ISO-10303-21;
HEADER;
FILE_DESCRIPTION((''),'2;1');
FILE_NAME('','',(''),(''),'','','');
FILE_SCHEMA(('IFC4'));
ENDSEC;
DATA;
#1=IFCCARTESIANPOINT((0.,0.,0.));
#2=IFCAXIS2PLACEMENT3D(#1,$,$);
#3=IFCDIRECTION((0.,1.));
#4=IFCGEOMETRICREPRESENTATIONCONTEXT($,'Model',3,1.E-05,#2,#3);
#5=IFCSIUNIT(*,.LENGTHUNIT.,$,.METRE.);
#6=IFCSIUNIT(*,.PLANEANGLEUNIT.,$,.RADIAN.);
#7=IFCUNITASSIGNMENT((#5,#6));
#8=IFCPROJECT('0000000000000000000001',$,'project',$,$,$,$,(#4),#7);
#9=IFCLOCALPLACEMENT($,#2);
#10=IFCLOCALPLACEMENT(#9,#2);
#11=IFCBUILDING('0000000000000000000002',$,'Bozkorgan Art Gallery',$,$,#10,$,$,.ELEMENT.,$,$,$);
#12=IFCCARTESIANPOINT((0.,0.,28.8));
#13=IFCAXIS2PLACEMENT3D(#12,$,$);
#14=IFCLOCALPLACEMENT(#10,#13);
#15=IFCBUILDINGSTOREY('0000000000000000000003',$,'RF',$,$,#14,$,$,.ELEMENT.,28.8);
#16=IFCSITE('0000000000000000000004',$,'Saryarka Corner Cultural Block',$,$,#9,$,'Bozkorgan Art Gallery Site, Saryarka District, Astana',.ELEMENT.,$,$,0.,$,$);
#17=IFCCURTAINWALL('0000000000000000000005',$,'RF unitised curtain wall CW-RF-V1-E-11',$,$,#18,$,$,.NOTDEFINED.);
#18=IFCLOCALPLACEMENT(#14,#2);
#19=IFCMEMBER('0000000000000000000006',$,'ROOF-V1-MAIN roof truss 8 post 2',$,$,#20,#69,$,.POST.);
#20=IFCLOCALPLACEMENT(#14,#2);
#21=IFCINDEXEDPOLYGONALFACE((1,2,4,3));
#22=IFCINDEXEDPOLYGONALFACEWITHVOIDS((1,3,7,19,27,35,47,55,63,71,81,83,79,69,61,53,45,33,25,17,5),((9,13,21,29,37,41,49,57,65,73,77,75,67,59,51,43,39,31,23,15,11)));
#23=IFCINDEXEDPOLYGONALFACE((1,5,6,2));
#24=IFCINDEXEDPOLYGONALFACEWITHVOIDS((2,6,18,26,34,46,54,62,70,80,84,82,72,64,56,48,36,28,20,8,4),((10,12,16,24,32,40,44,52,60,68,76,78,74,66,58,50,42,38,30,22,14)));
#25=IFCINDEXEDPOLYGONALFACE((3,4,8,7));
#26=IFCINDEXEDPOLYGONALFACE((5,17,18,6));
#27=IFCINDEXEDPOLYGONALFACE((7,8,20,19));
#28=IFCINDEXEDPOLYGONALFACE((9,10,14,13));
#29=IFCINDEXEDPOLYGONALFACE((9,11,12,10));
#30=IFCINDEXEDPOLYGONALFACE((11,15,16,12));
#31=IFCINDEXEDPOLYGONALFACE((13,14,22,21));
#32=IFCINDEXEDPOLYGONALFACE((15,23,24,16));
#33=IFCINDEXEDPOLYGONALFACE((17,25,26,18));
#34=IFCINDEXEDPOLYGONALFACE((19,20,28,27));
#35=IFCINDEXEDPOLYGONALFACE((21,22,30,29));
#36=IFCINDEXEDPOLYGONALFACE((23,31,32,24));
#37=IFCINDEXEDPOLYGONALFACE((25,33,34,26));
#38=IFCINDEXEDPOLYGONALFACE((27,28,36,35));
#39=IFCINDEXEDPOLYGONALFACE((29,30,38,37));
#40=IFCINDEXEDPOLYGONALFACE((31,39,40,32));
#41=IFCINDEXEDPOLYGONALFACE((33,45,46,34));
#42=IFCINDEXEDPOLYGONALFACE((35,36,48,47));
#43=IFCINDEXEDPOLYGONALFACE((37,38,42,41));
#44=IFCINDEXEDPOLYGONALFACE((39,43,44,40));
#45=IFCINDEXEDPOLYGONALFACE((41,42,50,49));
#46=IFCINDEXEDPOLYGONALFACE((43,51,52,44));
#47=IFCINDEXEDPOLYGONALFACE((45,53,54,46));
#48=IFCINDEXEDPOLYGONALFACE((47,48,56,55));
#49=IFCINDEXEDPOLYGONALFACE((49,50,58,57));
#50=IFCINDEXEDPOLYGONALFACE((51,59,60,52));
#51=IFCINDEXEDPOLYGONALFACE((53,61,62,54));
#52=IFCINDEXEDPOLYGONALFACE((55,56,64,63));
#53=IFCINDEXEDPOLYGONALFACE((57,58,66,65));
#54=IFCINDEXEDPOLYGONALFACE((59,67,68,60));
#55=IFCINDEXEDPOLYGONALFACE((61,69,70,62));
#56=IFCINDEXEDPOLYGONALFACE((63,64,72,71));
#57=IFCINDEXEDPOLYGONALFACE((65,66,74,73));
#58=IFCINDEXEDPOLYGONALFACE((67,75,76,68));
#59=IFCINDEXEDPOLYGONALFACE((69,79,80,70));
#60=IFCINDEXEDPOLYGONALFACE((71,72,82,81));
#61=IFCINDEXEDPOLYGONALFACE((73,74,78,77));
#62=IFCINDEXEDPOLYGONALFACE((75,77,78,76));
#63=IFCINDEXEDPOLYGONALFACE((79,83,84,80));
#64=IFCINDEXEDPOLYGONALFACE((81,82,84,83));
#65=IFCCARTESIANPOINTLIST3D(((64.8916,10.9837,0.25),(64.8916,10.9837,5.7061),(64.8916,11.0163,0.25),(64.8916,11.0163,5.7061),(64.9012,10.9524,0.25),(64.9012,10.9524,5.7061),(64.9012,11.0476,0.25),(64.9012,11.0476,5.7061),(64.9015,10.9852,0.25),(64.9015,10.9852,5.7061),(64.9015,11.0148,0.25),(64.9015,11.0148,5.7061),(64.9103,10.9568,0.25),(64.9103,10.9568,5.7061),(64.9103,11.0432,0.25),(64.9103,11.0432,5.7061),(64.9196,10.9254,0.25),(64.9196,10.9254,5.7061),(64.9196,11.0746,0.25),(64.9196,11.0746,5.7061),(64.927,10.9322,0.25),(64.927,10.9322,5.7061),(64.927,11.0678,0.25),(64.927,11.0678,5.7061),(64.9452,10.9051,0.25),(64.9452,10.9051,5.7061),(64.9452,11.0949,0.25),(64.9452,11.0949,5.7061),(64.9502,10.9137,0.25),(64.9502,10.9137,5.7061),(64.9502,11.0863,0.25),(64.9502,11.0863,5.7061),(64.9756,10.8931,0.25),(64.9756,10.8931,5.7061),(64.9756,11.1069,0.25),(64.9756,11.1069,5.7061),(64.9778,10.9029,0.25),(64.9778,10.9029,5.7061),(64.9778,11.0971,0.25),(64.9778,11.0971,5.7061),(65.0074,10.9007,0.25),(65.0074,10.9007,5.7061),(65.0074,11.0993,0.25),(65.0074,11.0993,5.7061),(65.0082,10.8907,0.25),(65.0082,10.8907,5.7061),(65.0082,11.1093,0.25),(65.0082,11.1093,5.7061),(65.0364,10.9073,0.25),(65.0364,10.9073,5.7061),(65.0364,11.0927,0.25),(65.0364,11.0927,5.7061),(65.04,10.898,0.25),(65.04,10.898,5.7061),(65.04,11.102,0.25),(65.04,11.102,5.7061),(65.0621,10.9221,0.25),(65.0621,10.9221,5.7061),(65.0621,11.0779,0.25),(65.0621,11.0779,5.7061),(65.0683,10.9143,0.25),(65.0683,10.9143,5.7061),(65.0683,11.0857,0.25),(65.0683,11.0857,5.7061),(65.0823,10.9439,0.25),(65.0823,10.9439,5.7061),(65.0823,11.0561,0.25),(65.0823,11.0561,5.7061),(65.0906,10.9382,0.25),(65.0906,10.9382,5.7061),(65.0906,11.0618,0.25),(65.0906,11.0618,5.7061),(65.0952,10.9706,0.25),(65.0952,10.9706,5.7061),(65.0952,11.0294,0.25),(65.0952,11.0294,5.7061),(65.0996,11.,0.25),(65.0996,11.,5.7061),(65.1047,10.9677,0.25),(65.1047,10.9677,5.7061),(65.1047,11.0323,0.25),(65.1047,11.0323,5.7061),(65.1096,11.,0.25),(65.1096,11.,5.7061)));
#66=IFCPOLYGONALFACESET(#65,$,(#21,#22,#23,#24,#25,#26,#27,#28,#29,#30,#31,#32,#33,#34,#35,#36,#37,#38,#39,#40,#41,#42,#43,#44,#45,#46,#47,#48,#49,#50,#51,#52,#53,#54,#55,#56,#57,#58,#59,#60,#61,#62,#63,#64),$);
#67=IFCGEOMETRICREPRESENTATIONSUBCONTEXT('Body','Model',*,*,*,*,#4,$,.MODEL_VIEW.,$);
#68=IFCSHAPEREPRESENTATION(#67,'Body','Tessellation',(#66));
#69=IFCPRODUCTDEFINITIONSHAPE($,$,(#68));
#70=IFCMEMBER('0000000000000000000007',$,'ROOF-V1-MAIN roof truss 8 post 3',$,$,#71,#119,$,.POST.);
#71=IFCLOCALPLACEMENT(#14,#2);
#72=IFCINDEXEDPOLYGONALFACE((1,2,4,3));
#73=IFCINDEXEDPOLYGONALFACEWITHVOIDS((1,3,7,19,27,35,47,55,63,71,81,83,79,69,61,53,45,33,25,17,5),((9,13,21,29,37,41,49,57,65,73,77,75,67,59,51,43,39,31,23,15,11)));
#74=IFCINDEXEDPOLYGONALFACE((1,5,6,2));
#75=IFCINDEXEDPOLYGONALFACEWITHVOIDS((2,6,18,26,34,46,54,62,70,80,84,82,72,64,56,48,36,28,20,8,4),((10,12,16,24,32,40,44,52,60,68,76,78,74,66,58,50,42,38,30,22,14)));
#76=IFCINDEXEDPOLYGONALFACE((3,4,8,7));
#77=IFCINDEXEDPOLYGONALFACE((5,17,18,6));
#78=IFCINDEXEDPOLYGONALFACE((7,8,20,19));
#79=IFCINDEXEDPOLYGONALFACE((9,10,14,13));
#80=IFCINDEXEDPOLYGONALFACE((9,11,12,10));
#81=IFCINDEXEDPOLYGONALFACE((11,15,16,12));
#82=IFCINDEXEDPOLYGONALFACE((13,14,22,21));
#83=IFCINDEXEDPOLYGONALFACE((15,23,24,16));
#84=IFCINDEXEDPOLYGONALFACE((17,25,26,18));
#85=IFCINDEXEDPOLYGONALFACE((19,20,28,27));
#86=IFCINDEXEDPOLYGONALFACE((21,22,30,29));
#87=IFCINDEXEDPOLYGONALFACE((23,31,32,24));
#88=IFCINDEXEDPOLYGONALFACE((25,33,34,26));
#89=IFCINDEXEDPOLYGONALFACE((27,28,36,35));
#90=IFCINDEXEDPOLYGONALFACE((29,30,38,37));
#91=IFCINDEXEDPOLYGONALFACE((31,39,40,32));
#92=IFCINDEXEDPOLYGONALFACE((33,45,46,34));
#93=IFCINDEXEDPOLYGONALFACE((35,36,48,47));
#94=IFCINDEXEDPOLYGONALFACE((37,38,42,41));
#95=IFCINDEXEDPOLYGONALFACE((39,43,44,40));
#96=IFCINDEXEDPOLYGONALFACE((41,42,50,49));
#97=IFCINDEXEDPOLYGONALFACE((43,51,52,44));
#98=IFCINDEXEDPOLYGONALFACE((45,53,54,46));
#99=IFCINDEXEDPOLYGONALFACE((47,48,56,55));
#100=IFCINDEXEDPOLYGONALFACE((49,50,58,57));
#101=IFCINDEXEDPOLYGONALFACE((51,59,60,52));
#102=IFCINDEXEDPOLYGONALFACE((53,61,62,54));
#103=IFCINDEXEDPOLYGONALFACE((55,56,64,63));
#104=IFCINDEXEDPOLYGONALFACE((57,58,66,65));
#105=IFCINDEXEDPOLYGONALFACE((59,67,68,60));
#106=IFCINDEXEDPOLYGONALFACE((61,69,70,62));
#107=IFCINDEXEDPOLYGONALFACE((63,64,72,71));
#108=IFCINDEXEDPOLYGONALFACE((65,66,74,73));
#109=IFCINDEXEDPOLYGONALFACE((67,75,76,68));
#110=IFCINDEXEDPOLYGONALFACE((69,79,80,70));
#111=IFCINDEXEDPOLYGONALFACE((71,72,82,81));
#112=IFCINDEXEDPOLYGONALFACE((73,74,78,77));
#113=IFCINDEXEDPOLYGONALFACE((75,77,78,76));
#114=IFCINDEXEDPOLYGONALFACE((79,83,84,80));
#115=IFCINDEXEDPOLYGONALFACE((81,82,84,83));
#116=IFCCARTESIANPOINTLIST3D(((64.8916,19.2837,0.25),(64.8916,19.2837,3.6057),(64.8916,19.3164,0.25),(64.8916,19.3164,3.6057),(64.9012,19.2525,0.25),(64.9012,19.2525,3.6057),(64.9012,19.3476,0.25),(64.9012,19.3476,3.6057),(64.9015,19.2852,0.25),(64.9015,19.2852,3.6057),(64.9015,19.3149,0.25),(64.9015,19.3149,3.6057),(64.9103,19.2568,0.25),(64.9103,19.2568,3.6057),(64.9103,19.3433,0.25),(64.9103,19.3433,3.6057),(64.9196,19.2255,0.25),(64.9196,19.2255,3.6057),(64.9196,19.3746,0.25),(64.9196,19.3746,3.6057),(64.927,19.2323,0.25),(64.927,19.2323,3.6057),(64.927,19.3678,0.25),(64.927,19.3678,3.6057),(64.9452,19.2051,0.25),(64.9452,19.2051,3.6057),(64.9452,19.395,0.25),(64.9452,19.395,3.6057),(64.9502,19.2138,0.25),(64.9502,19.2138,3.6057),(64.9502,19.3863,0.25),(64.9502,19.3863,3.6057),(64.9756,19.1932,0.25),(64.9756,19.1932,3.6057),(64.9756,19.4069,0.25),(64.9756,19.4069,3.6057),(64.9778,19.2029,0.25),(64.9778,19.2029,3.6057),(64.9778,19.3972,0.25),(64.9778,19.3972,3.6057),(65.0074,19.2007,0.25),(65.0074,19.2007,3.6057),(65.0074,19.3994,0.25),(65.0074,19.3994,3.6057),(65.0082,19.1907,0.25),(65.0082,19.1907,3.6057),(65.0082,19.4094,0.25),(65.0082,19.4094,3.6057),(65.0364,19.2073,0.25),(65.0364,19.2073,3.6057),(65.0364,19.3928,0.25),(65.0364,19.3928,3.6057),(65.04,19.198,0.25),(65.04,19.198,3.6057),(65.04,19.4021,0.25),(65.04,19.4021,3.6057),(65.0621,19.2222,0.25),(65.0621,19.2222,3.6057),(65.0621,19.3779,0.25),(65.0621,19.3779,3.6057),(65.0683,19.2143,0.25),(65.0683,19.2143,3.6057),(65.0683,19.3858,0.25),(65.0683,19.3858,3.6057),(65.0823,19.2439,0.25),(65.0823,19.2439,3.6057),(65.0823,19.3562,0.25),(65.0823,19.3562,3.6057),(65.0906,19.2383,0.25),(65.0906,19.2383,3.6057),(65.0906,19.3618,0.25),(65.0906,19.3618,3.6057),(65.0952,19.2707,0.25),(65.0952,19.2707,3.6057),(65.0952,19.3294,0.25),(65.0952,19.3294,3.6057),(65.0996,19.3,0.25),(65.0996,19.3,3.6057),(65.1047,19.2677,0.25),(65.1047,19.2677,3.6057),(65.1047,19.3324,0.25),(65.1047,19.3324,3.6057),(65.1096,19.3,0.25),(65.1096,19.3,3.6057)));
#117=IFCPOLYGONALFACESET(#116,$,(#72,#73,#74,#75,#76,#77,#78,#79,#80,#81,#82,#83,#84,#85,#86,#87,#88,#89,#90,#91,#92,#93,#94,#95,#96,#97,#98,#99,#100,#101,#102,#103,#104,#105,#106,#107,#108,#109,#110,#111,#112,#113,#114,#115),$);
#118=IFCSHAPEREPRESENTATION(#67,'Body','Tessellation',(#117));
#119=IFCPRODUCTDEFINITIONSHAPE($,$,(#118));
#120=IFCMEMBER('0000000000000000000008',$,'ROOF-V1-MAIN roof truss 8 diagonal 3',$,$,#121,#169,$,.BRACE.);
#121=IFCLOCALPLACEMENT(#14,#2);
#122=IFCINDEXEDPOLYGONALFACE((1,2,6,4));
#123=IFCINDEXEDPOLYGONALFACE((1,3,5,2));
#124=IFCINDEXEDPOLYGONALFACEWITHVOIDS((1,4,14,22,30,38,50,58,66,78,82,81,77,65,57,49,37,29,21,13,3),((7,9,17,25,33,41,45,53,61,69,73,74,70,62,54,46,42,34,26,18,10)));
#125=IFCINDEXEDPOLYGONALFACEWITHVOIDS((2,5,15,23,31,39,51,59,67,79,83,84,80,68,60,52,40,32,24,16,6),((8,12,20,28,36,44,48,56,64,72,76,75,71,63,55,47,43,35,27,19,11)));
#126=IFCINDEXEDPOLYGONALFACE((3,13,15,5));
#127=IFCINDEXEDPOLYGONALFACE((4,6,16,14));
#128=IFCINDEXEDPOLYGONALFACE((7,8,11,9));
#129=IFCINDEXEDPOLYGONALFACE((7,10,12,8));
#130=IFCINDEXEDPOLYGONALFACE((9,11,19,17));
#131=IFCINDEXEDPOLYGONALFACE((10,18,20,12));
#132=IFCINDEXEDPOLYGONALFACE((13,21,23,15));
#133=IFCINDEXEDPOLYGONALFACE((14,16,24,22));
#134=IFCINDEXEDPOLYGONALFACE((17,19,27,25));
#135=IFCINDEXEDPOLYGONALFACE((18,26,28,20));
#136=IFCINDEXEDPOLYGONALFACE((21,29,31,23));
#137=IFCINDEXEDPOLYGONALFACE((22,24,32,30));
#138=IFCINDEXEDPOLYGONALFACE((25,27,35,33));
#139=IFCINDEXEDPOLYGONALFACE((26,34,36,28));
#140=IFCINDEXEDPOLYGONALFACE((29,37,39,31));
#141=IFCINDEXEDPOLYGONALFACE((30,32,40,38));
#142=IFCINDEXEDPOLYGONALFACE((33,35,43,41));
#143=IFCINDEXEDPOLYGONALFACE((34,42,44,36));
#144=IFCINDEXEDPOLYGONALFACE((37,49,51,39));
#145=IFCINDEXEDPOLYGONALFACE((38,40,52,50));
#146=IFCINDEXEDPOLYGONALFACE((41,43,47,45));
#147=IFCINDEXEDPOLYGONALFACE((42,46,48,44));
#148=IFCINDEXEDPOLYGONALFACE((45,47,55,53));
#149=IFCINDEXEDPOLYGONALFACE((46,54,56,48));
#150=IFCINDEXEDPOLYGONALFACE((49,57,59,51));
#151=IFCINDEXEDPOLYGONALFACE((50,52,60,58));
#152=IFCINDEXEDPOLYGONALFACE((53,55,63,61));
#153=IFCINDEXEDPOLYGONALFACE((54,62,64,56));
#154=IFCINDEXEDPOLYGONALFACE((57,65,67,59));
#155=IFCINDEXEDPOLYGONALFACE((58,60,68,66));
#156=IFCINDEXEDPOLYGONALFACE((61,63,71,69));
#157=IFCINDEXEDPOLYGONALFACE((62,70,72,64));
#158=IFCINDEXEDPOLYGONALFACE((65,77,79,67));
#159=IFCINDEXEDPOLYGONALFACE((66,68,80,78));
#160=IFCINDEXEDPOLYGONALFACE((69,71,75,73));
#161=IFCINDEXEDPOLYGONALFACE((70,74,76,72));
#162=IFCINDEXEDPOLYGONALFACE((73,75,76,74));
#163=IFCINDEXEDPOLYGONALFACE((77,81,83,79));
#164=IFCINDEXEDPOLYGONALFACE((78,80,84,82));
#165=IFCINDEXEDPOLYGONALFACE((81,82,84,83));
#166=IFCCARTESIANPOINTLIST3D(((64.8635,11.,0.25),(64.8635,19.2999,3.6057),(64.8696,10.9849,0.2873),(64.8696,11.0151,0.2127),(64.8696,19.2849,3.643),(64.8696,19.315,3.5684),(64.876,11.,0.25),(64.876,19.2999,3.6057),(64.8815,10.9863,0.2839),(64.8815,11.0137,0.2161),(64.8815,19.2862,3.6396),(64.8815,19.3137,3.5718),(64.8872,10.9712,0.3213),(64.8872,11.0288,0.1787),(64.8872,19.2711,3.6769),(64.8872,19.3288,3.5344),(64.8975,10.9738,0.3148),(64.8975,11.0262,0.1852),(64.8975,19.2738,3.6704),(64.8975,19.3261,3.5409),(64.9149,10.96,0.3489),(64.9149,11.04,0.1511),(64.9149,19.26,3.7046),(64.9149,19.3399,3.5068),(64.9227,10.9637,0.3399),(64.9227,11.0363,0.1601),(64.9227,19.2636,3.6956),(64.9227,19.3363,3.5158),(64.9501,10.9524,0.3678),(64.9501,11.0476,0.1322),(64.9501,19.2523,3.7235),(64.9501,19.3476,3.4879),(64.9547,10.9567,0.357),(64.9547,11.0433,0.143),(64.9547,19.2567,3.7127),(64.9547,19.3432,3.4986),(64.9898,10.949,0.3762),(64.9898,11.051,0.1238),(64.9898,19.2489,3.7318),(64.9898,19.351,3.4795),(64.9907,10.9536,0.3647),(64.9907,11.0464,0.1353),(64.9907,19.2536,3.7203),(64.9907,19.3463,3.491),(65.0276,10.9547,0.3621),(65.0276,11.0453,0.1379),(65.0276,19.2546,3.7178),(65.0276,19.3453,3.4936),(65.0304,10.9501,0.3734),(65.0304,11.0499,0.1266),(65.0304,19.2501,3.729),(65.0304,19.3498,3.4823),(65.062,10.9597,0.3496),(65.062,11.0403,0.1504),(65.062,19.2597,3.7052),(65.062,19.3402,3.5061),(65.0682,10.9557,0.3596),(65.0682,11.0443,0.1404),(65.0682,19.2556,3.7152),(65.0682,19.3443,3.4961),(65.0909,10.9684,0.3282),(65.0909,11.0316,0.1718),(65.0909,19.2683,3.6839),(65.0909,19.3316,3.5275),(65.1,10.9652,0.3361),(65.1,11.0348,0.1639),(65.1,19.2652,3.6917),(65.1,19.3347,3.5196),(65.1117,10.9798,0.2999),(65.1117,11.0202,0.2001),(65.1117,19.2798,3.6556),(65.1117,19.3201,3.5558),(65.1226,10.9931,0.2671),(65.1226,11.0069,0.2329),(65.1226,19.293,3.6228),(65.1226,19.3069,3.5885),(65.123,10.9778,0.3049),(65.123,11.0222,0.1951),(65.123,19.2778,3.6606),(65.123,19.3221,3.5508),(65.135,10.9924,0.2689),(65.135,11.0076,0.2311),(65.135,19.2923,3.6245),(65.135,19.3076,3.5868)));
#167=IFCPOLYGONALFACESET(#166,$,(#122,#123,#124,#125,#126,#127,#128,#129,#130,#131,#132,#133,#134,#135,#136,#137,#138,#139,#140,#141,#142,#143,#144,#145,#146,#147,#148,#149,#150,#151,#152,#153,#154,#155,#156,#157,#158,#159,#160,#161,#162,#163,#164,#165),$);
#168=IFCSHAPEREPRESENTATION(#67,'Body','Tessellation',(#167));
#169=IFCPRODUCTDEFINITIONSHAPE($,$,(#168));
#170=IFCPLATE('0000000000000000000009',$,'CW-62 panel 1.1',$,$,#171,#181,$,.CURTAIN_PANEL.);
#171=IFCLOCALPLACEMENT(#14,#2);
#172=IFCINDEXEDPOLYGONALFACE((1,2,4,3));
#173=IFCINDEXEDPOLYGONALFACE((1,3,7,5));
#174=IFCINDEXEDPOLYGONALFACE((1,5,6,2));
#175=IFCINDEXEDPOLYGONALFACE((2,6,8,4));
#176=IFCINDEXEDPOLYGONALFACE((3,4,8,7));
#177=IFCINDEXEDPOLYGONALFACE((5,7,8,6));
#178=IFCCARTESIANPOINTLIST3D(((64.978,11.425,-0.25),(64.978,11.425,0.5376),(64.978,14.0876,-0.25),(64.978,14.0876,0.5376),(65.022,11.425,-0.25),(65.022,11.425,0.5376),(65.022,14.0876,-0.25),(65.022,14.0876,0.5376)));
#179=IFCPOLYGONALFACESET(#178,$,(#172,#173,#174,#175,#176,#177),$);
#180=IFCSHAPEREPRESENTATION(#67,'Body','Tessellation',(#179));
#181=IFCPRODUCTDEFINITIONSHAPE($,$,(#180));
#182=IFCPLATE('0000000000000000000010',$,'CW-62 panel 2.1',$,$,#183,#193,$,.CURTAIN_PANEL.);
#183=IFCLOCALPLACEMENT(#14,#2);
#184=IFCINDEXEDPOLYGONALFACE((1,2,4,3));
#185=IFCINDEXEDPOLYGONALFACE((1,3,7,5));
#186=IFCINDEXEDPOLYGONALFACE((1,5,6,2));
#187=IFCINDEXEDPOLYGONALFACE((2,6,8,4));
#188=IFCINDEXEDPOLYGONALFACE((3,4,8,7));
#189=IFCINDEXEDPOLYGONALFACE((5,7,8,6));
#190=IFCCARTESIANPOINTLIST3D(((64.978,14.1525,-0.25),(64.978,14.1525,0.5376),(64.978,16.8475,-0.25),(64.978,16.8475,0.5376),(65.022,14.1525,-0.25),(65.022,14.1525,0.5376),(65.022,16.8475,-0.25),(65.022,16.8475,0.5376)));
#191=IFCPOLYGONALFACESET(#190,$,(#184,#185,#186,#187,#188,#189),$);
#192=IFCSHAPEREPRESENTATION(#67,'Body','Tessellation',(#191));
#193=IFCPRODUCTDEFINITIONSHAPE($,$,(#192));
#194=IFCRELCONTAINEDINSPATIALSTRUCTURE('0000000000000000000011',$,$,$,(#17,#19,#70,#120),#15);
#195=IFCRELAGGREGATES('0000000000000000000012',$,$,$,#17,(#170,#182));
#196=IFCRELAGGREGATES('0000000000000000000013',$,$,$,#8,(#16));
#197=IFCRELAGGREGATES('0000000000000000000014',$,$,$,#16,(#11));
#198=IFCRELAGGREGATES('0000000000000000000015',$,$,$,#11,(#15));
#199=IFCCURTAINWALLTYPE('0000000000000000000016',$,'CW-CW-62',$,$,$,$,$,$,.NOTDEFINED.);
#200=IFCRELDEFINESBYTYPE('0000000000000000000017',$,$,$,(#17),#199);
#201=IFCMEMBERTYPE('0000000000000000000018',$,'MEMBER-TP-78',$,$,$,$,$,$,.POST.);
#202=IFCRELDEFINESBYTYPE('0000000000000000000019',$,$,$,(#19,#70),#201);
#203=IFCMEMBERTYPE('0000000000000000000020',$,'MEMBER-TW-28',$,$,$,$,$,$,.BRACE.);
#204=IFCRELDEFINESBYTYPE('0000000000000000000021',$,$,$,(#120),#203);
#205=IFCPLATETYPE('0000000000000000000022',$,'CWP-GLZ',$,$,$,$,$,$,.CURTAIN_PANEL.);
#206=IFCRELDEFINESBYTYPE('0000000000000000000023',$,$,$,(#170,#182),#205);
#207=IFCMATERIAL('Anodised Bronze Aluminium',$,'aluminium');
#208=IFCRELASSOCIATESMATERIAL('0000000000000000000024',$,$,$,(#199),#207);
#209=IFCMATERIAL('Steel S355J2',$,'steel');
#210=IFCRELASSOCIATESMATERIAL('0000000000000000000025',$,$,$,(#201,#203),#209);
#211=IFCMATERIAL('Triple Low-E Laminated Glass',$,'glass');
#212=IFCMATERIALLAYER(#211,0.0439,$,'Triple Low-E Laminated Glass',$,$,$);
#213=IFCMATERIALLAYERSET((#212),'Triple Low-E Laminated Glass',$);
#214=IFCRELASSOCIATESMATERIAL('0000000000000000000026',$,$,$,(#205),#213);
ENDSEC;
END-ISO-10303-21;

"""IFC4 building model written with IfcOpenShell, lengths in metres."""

from ifc_helpers import new_model, si_unit, direction, frame, origin, origin_2d, place, context, subcontext, project, spatial, rectangle, hollow_circle, extrude, material, layer, layer_set, material_profile, profile_set, type_object, element, aggregate, save


model = new_model("IFC4")

# Units and contexts
model_context = context("Model", 3, precision=1e-05, world=origin(), true_north=direction((0.0, 1.0)))
body_context = subcontext(model_context, "Body", "Model", "MODEL_VIEW")
ifc_project = project(units=[si_unit("LENGTHUNIT", "METRE"), si_unit("PLANEANGLEUNIT", "RADIAN")], contexts=[model_context])

# Site, building, storey
site_placement = place(None, origin())
site = spatial("IfcSite", under=ifc_project, at=site_placement, Name="Saryarka Corner Cultural Block", LongName="Bozkorgan Art Gallery Site, Saryarka District, Astana", CompositionType="ELEMENT", RefElevation=0.0)
building_placement = place(site_placement, origin())
building = spatial("IfcBuilding", under=site, at=building_placement, Name="Bozkorgan Art Gallery", CompositionType="ELEMENT")
storey_placement = place(building_placement, frame((0.0, 0.0, 28.8)))
storey = spatial("IfcBuildingStorey", under=building, at=storey_placement, Name="RF", CompositionType="ELEMENT", Elevation=28.8)

# Curtain wall
ifc_material_1 = material(Name="Anodised Bronze Aluminium", Category="aluminium")
curtain_wall_type = type_object("IfcCurtainWallType", Name="CW-CW-62", PredefinedType="NOTDEFINED", material=ifc_material_1)
curtain_wall_placement = place(storey_placement, origin())
curtain_wall = element("IfcCurtainWall", 1, at=curtain_wall_placement, inside=storey, type_object=curtain_wall_type, Name="RF unitised curtain wall CW-RF-V1-E-11", PredefinedType="NOTDEFINED")

# Members
ifc_material_2 = material(Name="Steel S355J2", Category="steel")
ifc_material_profile_1 = material_profile(ifc_material_2, hollow_circle(Radius=0.1096, WallThickness=0.01, at=origin_2d()), Name="CHS 219.1x10")
ifc_profile_set_1 = profile_set([ifc_material_profile_1], Name="Steel S355J2")
member_type_1 = type_object("IfcMemberType", Name="MEMBER-TP-78", PredefinedType="POST", material=ifc_profile_set_1)
member_1_placement = place(storey_placement, frame((65.0, 11.0, 0.25), z_axis=(0.0, 0.0, 1.0), x_axis=(1.0, 0.0, 0.0)))
element("IfcMember", 2, at=member_1_placement, inside=storey, type_object=member_type_1, Name="ROOF-V1-MAIN roof truss 8 post 2", PredefinedType="POST", context=body_context, shape_type="SweptSolid", body=[
    extrude(hollow_circle(Radius=0.1096, WallThickness=0.01, at=origin_2d()), origin(), (0.0, 0.0, 1.0), 5.4561),
])
member_2_placement = place(storey_placement, frame((65.0, 19.3, 0.25), z_axis=(0.0, 0.0, 1.0), x_axis=(1.0, 0.0, 0.0)))
element("IfcMember", 3, at=member_2_placement, inside=storey, type_object=member_type_1, Name="ROOF-V1-MAIN roof truss 8 post 3", PredefinedType="POST", context=body_context, shape_type="SweptSolid", body=[
    extrude(hollow_circle(Radius=0.1096, WallThickness=0.01, at=origin_2d()), origin(), (0.0, 0.0, 1.0), 3.3557),
])
ifc_material_profile_2 = material_profile(ifc_material_2, hollow_circle(Radius=0.1365, WallThickness=0.0125, at=origin_2d()), Name="CHS 273x12.5")
ifc_profile_set_2 = profile_set([ifc_material_profile_2], Name="Steel S355J2")
member_type_2 = type_object("IfcMemberType", Name="MEMBER-TW-28", PredefinedType="BRACE", material=ifc_profile_set_2)
member_3_placement = place(storey_placement, frame((65.0, 11.0, 0.25), z_axis=(0.0, 0.927096, 0.374825), x_axis=(-1.0, 0.0, 0.0)))
element("IfcMember", 4, at=member_3_placement, inside=storey, type_object=member_type_2, Name="ROOF-V1-MAIN roof truss 8 diagonal 3", PredefinedType="BRACE", context=body_context, shape_type="SweptSolid", body=[
    extrude(hollow_circle(Radius=0.1365, WallThickness=0.0125, at=origin_2d()), origin(), (0.0, 0.0, 1.0), 8.9526),
])

# Plates
ifc_material_3 = material(Name="Triple Low-E Laminated Glass", Category="glass")
ifc_layer_1 = layer(ifc_material_3, 0.0439, Name="Triple Low-E Laminated Glass")
ifc_layer_set_1 = layer_set([ifc_layer_1], Name="Triple Low-E Laminated Glass")
plate_type_1 = type_object("IfcPlateType", Name="CWP-GLZ", PredefinedType="CURTAIN_PANEL", material=ifc_layer_set_1)
plate_1_placement = place(storey_placement, frame((65.0, 12.7563, -0.25), z_axis=(0.0, 0.0, 1.0), x_axis=(0.0, 1.0, 0.0)))
plate_1 = element("IfcPlate", 5, at=plate_1_placement, type_object=plate_type_1, Name="CW-62 panel 1.1", PredefinedType="CURTAIN_PANEL", context=body_context, shape_type="SweptSolid", body=[
    extrude(rectangle(XDim=2.6626, YDim=0.0439, at=origin_2d()), origin(), (0.0, 0.0, 1.0), 0.7876),
])
plate_2_placement = place(storey_placement, frame((65.0, 15.5, -0.25), z_axis=(0.0, 0.0, 1.0), x_axis=(0.0, 1.0, 0.0)))
plate_2 = element("IfcPlate", 6, at=plate_2_placement, type_object=plate_type_1, Name="CW-62 panel 2.1", PredefinedType="CURTAIN_PANEL", context=body_context, shape_type="SweptSolid", body=[
    extrude(rectangle(XDim=2.6951, YDim=0.0439, at=origin_2d()), origin(), (0.0, 0.0, 1.0), 0.7876),
])
aggregate(curtain_wall, [plate_1, plate_2])

save(model, "model.ifc")
